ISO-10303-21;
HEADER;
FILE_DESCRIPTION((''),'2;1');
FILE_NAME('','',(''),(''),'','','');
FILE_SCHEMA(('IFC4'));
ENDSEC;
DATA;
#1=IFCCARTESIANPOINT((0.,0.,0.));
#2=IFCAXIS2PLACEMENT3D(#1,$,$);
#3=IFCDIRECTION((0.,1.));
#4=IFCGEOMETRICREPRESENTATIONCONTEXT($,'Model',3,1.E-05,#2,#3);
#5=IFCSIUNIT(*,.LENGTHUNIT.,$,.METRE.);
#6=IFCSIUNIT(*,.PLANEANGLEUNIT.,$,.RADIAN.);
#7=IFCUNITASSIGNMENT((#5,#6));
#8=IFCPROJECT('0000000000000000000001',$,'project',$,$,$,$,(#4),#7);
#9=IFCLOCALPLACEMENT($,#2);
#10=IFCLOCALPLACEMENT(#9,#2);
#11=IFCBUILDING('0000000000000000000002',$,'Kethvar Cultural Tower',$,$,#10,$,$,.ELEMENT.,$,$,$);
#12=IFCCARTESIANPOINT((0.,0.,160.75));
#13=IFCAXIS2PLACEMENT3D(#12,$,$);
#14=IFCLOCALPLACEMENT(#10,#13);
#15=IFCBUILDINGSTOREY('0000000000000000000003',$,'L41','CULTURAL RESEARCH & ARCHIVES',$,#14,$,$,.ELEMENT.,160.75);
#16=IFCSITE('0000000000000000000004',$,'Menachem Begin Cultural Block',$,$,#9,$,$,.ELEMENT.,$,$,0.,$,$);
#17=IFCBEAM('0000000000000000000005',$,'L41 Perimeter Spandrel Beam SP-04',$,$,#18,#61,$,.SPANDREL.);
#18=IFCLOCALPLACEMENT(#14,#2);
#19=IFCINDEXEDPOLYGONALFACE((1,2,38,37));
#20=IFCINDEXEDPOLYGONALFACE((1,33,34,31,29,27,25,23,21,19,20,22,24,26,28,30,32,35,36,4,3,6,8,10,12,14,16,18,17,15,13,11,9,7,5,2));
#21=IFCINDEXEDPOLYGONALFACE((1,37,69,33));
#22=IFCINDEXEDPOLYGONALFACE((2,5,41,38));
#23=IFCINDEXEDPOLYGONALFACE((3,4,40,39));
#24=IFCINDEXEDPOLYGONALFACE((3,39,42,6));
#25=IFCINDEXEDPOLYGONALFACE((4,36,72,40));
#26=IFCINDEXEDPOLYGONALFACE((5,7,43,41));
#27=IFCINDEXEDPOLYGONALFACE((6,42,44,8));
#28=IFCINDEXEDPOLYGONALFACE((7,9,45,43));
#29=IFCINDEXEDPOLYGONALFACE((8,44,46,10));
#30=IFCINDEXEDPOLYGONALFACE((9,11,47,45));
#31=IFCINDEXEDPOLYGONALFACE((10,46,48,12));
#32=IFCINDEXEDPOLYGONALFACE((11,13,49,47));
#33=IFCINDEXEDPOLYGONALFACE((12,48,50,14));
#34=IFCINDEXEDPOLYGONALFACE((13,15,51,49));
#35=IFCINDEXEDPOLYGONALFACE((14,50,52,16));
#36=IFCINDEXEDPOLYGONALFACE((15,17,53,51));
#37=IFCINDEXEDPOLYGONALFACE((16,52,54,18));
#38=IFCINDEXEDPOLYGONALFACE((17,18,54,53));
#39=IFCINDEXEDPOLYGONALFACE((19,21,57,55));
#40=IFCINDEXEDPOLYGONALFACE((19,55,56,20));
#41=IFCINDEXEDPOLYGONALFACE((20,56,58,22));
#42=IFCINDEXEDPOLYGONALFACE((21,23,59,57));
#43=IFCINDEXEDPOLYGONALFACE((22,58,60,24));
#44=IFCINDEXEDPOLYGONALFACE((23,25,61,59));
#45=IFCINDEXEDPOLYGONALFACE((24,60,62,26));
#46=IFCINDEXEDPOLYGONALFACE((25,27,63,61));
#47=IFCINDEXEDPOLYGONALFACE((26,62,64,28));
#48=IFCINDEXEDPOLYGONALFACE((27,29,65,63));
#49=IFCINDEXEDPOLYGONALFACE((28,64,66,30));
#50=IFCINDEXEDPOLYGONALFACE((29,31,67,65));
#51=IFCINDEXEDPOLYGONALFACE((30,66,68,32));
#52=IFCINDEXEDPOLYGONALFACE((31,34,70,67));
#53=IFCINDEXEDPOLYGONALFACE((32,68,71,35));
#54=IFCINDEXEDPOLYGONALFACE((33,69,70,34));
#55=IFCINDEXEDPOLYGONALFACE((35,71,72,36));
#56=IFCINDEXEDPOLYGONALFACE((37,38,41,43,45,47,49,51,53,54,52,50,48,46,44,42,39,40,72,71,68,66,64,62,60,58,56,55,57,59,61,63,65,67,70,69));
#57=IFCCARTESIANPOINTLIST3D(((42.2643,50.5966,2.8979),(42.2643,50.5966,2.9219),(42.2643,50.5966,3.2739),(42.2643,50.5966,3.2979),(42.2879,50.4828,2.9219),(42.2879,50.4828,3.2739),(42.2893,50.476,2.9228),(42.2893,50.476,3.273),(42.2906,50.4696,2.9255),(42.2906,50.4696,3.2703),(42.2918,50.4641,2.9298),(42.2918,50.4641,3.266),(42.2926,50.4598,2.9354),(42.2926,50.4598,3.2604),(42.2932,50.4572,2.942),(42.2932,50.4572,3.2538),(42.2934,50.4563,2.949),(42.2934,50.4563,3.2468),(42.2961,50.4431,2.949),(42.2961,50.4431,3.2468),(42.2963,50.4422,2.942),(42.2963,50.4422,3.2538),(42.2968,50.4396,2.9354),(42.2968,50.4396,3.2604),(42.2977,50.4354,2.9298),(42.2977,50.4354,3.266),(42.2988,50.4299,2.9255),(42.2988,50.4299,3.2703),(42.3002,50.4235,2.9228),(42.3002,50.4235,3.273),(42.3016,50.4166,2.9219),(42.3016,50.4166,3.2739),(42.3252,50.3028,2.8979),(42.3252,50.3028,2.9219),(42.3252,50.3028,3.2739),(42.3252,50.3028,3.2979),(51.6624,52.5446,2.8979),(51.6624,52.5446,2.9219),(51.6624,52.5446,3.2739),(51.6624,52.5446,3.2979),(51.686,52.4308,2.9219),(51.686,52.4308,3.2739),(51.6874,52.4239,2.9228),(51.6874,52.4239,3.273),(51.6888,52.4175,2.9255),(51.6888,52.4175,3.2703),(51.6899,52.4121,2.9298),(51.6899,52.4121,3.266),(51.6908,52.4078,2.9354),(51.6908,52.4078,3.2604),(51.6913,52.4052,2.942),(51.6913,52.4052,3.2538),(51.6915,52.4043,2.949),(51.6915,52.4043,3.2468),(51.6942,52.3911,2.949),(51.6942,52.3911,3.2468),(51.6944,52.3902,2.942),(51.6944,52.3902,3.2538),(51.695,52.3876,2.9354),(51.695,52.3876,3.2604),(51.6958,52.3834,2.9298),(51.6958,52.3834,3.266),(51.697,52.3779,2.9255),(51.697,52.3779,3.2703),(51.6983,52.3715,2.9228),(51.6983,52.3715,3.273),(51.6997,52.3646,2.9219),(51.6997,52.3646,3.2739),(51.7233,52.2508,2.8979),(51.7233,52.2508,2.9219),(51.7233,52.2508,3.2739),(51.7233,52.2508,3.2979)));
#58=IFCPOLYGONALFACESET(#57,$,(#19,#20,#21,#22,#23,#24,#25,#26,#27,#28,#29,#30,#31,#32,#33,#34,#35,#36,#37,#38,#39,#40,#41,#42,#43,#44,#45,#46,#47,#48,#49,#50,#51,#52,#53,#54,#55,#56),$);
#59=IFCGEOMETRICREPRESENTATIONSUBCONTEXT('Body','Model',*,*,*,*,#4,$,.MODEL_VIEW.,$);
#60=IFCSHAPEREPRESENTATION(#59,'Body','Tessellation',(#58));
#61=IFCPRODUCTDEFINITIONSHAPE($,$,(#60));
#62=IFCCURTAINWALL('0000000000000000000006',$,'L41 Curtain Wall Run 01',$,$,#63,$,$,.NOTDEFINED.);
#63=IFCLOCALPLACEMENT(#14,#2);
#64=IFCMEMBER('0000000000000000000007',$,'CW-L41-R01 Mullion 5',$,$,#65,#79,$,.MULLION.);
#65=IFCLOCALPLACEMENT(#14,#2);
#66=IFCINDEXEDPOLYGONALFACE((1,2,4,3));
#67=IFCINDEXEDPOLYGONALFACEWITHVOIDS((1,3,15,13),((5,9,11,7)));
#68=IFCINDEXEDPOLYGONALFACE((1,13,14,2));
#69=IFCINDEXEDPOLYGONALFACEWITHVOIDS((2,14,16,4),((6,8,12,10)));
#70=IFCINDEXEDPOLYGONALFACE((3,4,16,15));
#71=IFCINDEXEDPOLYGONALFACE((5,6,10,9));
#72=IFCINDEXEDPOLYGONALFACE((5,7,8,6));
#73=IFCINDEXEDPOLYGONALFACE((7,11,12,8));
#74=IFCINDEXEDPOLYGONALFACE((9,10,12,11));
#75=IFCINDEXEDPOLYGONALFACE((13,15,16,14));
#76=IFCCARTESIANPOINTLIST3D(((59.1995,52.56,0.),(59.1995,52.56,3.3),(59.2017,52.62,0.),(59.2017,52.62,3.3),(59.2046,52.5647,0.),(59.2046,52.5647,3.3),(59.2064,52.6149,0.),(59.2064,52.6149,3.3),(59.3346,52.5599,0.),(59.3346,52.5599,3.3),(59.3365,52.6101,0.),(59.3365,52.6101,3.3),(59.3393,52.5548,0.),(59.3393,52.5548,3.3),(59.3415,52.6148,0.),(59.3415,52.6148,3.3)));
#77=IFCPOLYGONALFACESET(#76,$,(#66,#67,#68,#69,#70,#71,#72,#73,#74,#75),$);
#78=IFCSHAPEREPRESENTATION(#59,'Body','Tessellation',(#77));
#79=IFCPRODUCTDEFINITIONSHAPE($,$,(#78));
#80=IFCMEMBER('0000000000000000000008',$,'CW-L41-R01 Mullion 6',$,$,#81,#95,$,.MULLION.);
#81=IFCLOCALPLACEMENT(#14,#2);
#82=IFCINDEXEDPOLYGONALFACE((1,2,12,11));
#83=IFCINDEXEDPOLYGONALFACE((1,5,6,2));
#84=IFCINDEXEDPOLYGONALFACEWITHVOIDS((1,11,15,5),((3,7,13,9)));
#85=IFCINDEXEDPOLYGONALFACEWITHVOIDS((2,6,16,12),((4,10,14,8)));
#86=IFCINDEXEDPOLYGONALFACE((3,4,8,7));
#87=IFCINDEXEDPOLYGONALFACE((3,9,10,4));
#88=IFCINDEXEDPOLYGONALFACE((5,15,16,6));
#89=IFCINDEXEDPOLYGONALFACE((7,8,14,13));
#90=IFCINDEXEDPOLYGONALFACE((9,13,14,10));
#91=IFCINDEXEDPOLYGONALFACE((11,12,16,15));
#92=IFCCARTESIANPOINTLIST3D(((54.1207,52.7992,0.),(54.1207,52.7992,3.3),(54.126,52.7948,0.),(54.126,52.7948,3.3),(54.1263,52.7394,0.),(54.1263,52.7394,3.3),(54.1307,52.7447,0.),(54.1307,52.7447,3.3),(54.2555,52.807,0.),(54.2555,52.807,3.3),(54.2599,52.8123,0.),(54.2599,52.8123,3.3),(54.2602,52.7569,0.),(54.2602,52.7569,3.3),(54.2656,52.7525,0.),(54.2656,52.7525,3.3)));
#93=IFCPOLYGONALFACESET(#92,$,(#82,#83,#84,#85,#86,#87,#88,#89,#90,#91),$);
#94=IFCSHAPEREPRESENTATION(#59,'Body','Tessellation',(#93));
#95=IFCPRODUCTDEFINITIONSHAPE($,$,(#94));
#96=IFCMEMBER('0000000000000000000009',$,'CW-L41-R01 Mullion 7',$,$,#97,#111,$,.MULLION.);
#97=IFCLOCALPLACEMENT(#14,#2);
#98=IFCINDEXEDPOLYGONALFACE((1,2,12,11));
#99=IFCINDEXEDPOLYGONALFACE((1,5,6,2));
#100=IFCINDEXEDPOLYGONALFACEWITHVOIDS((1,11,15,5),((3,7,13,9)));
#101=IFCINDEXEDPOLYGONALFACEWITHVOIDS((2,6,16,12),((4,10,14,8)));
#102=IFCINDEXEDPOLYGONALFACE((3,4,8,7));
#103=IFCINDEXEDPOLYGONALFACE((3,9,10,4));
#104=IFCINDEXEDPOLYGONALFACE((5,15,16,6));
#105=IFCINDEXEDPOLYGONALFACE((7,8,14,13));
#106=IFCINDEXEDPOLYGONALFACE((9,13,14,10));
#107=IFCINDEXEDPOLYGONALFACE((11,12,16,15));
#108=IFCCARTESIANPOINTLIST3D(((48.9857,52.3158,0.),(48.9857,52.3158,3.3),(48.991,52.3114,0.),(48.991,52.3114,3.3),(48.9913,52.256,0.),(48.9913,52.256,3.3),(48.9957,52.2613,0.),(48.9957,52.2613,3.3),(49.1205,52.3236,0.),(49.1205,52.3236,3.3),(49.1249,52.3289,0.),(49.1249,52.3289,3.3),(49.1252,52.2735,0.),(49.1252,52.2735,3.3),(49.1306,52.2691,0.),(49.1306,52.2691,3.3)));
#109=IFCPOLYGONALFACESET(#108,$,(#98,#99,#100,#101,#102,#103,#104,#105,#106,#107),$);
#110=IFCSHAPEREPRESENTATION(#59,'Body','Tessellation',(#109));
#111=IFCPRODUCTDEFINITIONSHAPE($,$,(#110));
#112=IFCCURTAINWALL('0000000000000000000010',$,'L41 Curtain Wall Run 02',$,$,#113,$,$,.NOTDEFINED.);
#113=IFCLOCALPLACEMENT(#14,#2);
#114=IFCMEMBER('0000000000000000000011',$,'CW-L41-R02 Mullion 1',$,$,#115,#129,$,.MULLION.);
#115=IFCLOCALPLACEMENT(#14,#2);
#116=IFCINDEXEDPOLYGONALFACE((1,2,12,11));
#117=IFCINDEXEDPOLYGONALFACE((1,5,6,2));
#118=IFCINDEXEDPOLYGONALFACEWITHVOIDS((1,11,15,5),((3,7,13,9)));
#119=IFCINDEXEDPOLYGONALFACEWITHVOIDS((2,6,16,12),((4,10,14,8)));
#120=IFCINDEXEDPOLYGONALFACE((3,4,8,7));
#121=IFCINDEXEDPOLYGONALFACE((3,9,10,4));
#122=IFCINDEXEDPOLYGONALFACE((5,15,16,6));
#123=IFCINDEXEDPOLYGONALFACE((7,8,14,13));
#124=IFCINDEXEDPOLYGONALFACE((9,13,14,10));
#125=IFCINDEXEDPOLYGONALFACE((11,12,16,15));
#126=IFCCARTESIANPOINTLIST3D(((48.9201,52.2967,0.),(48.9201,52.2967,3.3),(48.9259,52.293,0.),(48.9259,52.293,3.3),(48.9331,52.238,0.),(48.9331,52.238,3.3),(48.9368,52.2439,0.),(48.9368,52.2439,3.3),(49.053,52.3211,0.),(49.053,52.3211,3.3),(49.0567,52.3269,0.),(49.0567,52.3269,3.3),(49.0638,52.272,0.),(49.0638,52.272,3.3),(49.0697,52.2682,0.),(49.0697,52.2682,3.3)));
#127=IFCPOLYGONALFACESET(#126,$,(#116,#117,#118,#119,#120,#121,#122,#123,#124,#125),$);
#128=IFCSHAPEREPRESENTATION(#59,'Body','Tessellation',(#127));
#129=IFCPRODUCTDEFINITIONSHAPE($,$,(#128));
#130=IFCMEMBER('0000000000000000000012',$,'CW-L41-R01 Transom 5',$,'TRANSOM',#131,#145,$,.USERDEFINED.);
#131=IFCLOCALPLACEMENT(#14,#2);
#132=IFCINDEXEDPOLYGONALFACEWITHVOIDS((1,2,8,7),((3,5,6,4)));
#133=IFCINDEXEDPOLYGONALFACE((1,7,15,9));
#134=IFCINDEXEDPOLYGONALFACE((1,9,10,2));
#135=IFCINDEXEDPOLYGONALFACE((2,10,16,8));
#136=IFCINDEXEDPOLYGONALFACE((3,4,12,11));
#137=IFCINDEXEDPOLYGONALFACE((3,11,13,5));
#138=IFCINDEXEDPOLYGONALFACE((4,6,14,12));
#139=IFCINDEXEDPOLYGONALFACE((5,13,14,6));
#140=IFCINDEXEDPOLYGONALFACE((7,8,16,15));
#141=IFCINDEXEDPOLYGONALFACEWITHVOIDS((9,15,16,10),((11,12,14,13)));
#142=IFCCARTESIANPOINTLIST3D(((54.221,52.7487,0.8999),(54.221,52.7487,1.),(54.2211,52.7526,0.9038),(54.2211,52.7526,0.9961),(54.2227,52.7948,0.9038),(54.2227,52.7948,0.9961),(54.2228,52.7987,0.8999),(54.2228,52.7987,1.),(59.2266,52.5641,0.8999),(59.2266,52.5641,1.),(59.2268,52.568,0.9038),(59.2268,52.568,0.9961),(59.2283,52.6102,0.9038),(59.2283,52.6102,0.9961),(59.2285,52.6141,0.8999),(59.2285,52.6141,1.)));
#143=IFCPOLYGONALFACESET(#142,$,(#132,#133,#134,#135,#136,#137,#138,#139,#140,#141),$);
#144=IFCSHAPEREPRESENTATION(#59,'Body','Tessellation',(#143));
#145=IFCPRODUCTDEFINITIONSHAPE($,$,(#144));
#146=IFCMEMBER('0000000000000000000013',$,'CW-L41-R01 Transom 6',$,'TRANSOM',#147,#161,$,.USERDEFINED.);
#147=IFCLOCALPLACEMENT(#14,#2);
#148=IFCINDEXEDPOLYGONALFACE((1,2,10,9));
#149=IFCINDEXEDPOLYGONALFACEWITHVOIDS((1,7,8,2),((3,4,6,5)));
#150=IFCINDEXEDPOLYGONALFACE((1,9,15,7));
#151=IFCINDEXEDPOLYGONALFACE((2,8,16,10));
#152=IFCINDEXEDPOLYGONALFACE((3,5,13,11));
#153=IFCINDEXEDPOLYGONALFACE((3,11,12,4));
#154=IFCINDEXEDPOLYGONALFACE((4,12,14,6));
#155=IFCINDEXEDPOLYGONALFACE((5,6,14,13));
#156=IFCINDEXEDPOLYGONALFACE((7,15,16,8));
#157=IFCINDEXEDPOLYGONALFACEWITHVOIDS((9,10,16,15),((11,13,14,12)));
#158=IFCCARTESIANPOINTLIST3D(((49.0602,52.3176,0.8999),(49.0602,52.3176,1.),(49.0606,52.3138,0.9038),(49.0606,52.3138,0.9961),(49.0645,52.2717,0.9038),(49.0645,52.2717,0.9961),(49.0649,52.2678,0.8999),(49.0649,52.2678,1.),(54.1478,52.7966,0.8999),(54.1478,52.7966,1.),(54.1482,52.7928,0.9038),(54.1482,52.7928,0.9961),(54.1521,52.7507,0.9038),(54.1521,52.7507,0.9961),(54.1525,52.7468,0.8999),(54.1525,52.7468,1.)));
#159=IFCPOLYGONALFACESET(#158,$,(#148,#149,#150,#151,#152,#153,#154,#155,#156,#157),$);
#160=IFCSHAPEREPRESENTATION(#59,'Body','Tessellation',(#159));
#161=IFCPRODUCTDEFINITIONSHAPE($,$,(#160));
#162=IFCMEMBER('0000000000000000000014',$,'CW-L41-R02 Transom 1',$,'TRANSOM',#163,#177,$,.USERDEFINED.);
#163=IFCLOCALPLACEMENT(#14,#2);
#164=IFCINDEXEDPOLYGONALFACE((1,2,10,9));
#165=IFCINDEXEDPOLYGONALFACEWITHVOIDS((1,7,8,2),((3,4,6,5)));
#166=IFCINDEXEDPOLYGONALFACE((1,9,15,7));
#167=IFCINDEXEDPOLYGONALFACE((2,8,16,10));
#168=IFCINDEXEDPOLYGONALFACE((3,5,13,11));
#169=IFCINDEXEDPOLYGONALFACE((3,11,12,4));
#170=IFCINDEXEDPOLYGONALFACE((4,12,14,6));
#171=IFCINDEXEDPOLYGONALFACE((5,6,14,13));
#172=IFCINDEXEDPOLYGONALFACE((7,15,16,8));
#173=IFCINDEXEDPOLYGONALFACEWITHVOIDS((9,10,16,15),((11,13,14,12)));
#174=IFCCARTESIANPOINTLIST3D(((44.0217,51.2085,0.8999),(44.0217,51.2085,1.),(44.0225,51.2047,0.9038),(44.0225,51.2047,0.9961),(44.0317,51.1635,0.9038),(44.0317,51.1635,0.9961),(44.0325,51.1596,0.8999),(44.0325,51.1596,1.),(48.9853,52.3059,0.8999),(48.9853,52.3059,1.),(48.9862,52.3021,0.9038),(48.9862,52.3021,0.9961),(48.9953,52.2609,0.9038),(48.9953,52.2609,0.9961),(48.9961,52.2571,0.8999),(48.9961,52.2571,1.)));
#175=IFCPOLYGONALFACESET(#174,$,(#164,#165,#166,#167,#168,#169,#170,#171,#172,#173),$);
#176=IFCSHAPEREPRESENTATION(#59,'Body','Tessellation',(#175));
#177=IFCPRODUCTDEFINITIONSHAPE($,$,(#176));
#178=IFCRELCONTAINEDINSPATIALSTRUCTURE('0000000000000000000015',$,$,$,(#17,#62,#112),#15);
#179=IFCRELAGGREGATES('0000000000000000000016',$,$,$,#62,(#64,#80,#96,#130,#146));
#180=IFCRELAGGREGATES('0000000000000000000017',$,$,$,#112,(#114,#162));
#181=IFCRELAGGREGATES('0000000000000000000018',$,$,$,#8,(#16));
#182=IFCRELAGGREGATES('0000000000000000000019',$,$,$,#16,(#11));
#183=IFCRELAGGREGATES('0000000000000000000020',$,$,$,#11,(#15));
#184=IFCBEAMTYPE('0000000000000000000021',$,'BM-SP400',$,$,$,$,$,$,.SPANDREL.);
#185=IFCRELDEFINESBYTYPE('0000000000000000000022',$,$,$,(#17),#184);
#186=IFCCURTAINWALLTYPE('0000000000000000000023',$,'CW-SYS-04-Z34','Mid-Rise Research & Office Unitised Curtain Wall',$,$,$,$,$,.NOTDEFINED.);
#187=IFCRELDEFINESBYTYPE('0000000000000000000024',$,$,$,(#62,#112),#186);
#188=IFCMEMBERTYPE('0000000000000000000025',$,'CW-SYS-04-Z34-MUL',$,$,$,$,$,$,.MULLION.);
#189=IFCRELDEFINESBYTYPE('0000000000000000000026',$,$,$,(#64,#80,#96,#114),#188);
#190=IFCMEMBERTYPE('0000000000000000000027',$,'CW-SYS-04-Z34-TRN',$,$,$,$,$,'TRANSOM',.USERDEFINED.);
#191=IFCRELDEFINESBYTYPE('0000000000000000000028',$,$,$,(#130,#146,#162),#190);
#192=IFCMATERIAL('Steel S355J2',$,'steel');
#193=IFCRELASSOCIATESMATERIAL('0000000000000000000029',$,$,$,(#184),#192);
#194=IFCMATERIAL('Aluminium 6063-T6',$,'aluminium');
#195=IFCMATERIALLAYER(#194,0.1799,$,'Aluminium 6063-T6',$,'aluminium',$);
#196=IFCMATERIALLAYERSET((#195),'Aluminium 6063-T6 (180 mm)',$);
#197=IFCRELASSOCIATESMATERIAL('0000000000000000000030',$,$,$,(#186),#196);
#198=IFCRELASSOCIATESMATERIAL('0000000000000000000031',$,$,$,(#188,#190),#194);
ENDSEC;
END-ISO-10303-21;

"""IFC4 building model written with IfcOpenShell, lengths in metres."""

from ifc_helpers import new_model, si_unit, direction, frame, origin, origin_2d, place, context, subcontext, project, spatial, hollow_rectangle, i_section, extrude, source, transform, mapped, material, layer, layer_set, material_profile, profile_set, type_object, element, aggregate, save


model = new_model("IFC4")

# Units and contexts
model_context = context("Model", 3, precision=1e-05, world=origin(), true_north=direction((0.0, 1.0)))
body_context = subcontext(model_context, "Body", "Model", "MODEL_VIEW")
ifc_project = project(units=[si_unit("LENGTHUNIT", "METRE"), si_unit("PLANEANGLEUNIT", "RADIAN")], contexts=[model_context])

# Site, building, storey
site_placement = place(None, origin())
site = spatial("IfcSite", under=ifc_project, at=site_placement, Name="Menachem Begin Cultural Block", CompositionType="ELEMENT", RefElevation=0.0)
building_placement = place(site_placement, origin())
building = spatial("IfcBuilding", under=site, at=building_placement, Name="Kethvar Cultural Tower", CompositionType="ELEMENT")
storey_placement = place(building_placement, frame((0.0, 0.0, 160.75)))
storey = spatial("IfcBuildingStorey", under=building, at=storey_placement, Name="L41", Description="CULTURAL RESEARCH & ARCHIVES", CompositionType="ELEMENT", Elevation=160.75)

# Beam
ifc_material_1 = material(Name="Steel S355J2", Category="steel")
ifc_material_profile_1 = material_profile(ifc_material_1, i_section(OverallWidth=0.3, OverallDepth=0.3999, WebThickness=0.0134, FlangeThickness=0.0239, FilletRadius=0.0271, at=origin_2d()), Name="Steel S355J2 — HEB400")
ifc_profile_set_1 = profile_set([ifc_material_profile_1], Name="Steel S355J2 — HEB400")
beam_type_1 = type_object("IfcBeamType", Name="BM-SP400", PredefinedType="SPANDREL", material=ifc_profile_set_1)
shared_shape_1 = source(origin(), body_context, "Body", "SweptSolid", [
    extrude(i_section(OverallWidth=0.3, OverallDepth=0.3999, WebThickness=0.0134, FlangeThickness=0.0239, FilletRadius=0.0271, at=origin_2d()), origin(), (0.0, 0.0, 1.0), 9.5979),
])
beam_1_placement = place(storey_placement, frame((51.6929, 52.3977, 3.0979), z_axis=(-0.979187, -0.20296, 0.0), x_axis=(0.20296, -0.979187, 0.0)))
element("IfcBeam", 1, at=beam_1_placement, inside=storey, type_object=beam_type_1, Name="L41 Perimeter Spandrel Beam SP-04", PredefinedType="SPANDREL", context=body_context, shape_type="MappedRepresentation", body=[
    mapped(shared_shape_1, transform((0.0, 0.0, 0.0), scale=1.0)),
])

# Curtain wall, members
ifc_material_2 = material(Name="Aluminium 6063-T6", Category="aluminium")
ifc_layer_1 = layer(ifc_material_2, 0.1799, Name="Aluminium 6063-T6", Category="aluminium")
ifc_layer_set_1 = layer_set([ifc_layer_1], Name="Aluminium 6063-T6 (180 mm)")
curtain_wall_type = type_object("IfcCurtainWallType", Name="CW-SYS-04-Z34", Description="Mid-Rise Research & Office Unitised Curtain Wall", PredefinedType="NOTDEFINED", material=ifc_layer_set_1)
curtain_wall_1_placement = place(storey_placement, origin())
curtain_wall_1 = element("IfcCurtainWall", 2, at=curtain_wall_1_placement, inside=storey, type_object=curtain_wall_type, Name="L41 Curtain Wall Run 01", PredefinedType="NOTDEFINED")
ifc_material_profile_2 = material_profile(ifc_material_2, hollow_rectangle(XDim=0.0601, YDim=0.1399, WallThickness=0.0049, at=origin_2d()), Name="Aluminium 6063-T6 — RHS140x60x5")
ifc_profile_set_2 = profile_set([ifc_material_profile_2], Name="Aluminium 6063-T6 — RHS140x60x5")
member_type_1 = type_object("IfcMemberType", Name="CW-SYS-04-Z34-MUL", PredefinedType="MULLION", material=ifc_profile_set_2)
shared_shape_2 = source(origin(), body_context, "Body", "SweptSolid", [
    extrude(hollow_rectangle(XDim=0.0601, YDim=0.1399, WallThickness=0.0049, at=origin_2d()), origin(), (0.0, 0.0, 1.0), 3.3),
])
member_1_placement = place(storey_placement, frame((59.2705, 52.5874, 0.0), z_axis=(0.0, 0.0, 1.0), x_axis=(-0.036905, -0.999319, 0.0)))
member_1 = element("IfcMember", 3, at=member_1_placement, type_object=member_type_1, Name="CW-L41-R01 Mullion 5", PredefinedType="MULLION", context=body_context, shape_type="MappedRepresentation", body=[
    mapped(shared_shape_2, transform((0.0, 0.0, 0.0), scale=1.0)),
])
member_2_placement = place(storey_placement, frame((54.1931, 52.7759, 0.0), z_axis=(0.0, 0.0, 1.0), x_axis=(0.093709, -0.9956, 0.0)))
member_2 = element("IfcMember", 4, at=member_2_placement, type_object=member_type_1, Name="CW-L41-R01 Mullion 6", PredefinedType="MULLION", context=body_context, shape_type="MappedRepresentation", body=[
    mapped(shared_shape_2, transform((0.0, 0.0, 0.0), scale=1.0)),
])
member_3_placement = place(storey_placement, frame((49.0581, 52.2925, 0.0), z_axis=(0.0, 0.0, 1.0), x_axis=(0.093709, -0.9956, 0.0)))
member_3 = element("IfcMember", 5, at=member_3_placement, type_object=member_type_1, Name="CW-L41-R01 Mullion 7", PredefinedType="MULLION", context=body_context, shape_type="MappedRepresentation", body=[
    mapped(shared_shape_2, transform((0.0, 0.0, 0.0), scale=1.0)),
])

# Curtain wall, member
curtain_wall_2_placement = place(storey_placement, origin())
curtain_wall_2 = element("IfcCurtainWall", 6, at=curtain_wall_2_placement, inside=storey, type_object=curtain_wall_type, Name="L41 Curtain Wall Run 02", PredefinedType="NOTDEFINED")
member_4_placement = place(storey_placement, frame((48.9949, 52.2825, 0.0), z_axis=(0.0, 0.0, 1.0), x_axis=(0.215877, -0.976421, 0.0)))
member_4 = element("IfcMember", 7, at=member_4_placement, type_object=member_type_1, Name="CW-L41-R02 Mullion 1", PredefinedType="MULLION", context=body_context, shape_type="MappedRepresentation", body=[
    mapped(shared_shape_2, transform((0.0, 0.0, 0.0), scale=1.0)),
])

# Members
ifc_material_profile_3 = material_profile(ifc_material_2, hollow_rectangle(XDim=0.05, YDim=0.1001, WallThickness=0.0039, at=origin_2d()), Name="Aluminium 6063-T6 — RHS100x50x4")
ifc_profile_set_3 = profile_set([ifc_material_profile_3], Name="Aluminium 6063-T6 — RHS100x50x4")
member_type_2 = type_object("IfcMemberType", Name="CW-SYS-04-Z34-TRN", ElementType="TRANSOM", PredefinedType="USERDEFINED", material=ifc_profile_set_3)
shared_shape_3 = source(origin(), body_context, "Body", "SweptSolid", [
    extrude(hollow_rectangle(XDim=0.05, YDim=0.1001, WallThickness=0.0039, at=origin_2d()), origin(), (0.0, 0.0, 1.0), 5.009),
])
member_5_placement = place(storey_placement, frame((59.2275, 52.5891, 0.95), z_axis=(-0.999321, 0.036848, 0.0), x_axis=(-0.036848, -0.999321, 0.0)))
member_5 = element("IfcMember", 8, at=member_5_placement, type_object=member_type_2, Name="CW-L41-R01 Transom 5", ObjectType="TRANSOM", PredefinedType="USERDEFINED", context=body_context, shape_type="MappedRepresentation", body=[
    mapped(shared_shape_3, transform((0.0, 0.0, 0.0), scale=1.0)),
])
shared_shape_4 = source(origin(), body_context, "Body", "SweptSolid", [
    extrude(hollow_rectangle(XDim=0.05, YDim=0.1001, WallThickness=0.0039, at=origin_2d()), origin(), (0.0, 0.0, 1.0), 5.1101),
])
member_6_placement = place(storey_placement, frame((54.1501, 52.7717, 0.95), z_axis=(-0.995597, -0.093736, 0.0), x_axis=(0.093736, -0.995597, 0.0)))
member_6 = element("IfcMember", 9, at=member_6_placement, type_object=member_type_2, Name="CW-L41-R01 Transom 6", ObjectType="TRANSOM", PredefinedType="USERDEFINED", context=body_context, shape_type="MappedRepresentation", body=[
    mapped(shared_shape_4, transform((0.0, 0.0, 0.0), scale=1.0)),
])
shared_shape_5 = source(origin(), body_context, "Body", "SweptSolid", [
    extrude(hollow_rectangle(XDim=0.05, YDim=0.1001, WallThickness=0.0039, at=origin_2d()), origin(), (0.0, 0.0, 1.0), 5.0835),
])
member_7_placement = place(storey_placement, frame((48.9907, 52.2815, 0.95), z_axis=(-0.97642, -0.215878, 0.0), x_axis=(0.215878, -0.97642, 0.0)))
member_7 = element("IfcMember", 10, at=member_7_placement, type_object=member_type_2, Name="CW-L41-R02 Transom 1", ObjectType="TRANSOM", PredefinedType="USERDEFINED", context=body_context, shape_type="MappedRepresentation", body=[
    mapped(shared_shape_5, transform((0.0, 0.0, 0.0), scale=1.0)),
])

aggregate(curtain_wall_1, [member_1, member_2, member_3, member_5, member_6])
aggregate(curtain_wall_2, [member_4, member_7])

save(model, "model.ifc")
